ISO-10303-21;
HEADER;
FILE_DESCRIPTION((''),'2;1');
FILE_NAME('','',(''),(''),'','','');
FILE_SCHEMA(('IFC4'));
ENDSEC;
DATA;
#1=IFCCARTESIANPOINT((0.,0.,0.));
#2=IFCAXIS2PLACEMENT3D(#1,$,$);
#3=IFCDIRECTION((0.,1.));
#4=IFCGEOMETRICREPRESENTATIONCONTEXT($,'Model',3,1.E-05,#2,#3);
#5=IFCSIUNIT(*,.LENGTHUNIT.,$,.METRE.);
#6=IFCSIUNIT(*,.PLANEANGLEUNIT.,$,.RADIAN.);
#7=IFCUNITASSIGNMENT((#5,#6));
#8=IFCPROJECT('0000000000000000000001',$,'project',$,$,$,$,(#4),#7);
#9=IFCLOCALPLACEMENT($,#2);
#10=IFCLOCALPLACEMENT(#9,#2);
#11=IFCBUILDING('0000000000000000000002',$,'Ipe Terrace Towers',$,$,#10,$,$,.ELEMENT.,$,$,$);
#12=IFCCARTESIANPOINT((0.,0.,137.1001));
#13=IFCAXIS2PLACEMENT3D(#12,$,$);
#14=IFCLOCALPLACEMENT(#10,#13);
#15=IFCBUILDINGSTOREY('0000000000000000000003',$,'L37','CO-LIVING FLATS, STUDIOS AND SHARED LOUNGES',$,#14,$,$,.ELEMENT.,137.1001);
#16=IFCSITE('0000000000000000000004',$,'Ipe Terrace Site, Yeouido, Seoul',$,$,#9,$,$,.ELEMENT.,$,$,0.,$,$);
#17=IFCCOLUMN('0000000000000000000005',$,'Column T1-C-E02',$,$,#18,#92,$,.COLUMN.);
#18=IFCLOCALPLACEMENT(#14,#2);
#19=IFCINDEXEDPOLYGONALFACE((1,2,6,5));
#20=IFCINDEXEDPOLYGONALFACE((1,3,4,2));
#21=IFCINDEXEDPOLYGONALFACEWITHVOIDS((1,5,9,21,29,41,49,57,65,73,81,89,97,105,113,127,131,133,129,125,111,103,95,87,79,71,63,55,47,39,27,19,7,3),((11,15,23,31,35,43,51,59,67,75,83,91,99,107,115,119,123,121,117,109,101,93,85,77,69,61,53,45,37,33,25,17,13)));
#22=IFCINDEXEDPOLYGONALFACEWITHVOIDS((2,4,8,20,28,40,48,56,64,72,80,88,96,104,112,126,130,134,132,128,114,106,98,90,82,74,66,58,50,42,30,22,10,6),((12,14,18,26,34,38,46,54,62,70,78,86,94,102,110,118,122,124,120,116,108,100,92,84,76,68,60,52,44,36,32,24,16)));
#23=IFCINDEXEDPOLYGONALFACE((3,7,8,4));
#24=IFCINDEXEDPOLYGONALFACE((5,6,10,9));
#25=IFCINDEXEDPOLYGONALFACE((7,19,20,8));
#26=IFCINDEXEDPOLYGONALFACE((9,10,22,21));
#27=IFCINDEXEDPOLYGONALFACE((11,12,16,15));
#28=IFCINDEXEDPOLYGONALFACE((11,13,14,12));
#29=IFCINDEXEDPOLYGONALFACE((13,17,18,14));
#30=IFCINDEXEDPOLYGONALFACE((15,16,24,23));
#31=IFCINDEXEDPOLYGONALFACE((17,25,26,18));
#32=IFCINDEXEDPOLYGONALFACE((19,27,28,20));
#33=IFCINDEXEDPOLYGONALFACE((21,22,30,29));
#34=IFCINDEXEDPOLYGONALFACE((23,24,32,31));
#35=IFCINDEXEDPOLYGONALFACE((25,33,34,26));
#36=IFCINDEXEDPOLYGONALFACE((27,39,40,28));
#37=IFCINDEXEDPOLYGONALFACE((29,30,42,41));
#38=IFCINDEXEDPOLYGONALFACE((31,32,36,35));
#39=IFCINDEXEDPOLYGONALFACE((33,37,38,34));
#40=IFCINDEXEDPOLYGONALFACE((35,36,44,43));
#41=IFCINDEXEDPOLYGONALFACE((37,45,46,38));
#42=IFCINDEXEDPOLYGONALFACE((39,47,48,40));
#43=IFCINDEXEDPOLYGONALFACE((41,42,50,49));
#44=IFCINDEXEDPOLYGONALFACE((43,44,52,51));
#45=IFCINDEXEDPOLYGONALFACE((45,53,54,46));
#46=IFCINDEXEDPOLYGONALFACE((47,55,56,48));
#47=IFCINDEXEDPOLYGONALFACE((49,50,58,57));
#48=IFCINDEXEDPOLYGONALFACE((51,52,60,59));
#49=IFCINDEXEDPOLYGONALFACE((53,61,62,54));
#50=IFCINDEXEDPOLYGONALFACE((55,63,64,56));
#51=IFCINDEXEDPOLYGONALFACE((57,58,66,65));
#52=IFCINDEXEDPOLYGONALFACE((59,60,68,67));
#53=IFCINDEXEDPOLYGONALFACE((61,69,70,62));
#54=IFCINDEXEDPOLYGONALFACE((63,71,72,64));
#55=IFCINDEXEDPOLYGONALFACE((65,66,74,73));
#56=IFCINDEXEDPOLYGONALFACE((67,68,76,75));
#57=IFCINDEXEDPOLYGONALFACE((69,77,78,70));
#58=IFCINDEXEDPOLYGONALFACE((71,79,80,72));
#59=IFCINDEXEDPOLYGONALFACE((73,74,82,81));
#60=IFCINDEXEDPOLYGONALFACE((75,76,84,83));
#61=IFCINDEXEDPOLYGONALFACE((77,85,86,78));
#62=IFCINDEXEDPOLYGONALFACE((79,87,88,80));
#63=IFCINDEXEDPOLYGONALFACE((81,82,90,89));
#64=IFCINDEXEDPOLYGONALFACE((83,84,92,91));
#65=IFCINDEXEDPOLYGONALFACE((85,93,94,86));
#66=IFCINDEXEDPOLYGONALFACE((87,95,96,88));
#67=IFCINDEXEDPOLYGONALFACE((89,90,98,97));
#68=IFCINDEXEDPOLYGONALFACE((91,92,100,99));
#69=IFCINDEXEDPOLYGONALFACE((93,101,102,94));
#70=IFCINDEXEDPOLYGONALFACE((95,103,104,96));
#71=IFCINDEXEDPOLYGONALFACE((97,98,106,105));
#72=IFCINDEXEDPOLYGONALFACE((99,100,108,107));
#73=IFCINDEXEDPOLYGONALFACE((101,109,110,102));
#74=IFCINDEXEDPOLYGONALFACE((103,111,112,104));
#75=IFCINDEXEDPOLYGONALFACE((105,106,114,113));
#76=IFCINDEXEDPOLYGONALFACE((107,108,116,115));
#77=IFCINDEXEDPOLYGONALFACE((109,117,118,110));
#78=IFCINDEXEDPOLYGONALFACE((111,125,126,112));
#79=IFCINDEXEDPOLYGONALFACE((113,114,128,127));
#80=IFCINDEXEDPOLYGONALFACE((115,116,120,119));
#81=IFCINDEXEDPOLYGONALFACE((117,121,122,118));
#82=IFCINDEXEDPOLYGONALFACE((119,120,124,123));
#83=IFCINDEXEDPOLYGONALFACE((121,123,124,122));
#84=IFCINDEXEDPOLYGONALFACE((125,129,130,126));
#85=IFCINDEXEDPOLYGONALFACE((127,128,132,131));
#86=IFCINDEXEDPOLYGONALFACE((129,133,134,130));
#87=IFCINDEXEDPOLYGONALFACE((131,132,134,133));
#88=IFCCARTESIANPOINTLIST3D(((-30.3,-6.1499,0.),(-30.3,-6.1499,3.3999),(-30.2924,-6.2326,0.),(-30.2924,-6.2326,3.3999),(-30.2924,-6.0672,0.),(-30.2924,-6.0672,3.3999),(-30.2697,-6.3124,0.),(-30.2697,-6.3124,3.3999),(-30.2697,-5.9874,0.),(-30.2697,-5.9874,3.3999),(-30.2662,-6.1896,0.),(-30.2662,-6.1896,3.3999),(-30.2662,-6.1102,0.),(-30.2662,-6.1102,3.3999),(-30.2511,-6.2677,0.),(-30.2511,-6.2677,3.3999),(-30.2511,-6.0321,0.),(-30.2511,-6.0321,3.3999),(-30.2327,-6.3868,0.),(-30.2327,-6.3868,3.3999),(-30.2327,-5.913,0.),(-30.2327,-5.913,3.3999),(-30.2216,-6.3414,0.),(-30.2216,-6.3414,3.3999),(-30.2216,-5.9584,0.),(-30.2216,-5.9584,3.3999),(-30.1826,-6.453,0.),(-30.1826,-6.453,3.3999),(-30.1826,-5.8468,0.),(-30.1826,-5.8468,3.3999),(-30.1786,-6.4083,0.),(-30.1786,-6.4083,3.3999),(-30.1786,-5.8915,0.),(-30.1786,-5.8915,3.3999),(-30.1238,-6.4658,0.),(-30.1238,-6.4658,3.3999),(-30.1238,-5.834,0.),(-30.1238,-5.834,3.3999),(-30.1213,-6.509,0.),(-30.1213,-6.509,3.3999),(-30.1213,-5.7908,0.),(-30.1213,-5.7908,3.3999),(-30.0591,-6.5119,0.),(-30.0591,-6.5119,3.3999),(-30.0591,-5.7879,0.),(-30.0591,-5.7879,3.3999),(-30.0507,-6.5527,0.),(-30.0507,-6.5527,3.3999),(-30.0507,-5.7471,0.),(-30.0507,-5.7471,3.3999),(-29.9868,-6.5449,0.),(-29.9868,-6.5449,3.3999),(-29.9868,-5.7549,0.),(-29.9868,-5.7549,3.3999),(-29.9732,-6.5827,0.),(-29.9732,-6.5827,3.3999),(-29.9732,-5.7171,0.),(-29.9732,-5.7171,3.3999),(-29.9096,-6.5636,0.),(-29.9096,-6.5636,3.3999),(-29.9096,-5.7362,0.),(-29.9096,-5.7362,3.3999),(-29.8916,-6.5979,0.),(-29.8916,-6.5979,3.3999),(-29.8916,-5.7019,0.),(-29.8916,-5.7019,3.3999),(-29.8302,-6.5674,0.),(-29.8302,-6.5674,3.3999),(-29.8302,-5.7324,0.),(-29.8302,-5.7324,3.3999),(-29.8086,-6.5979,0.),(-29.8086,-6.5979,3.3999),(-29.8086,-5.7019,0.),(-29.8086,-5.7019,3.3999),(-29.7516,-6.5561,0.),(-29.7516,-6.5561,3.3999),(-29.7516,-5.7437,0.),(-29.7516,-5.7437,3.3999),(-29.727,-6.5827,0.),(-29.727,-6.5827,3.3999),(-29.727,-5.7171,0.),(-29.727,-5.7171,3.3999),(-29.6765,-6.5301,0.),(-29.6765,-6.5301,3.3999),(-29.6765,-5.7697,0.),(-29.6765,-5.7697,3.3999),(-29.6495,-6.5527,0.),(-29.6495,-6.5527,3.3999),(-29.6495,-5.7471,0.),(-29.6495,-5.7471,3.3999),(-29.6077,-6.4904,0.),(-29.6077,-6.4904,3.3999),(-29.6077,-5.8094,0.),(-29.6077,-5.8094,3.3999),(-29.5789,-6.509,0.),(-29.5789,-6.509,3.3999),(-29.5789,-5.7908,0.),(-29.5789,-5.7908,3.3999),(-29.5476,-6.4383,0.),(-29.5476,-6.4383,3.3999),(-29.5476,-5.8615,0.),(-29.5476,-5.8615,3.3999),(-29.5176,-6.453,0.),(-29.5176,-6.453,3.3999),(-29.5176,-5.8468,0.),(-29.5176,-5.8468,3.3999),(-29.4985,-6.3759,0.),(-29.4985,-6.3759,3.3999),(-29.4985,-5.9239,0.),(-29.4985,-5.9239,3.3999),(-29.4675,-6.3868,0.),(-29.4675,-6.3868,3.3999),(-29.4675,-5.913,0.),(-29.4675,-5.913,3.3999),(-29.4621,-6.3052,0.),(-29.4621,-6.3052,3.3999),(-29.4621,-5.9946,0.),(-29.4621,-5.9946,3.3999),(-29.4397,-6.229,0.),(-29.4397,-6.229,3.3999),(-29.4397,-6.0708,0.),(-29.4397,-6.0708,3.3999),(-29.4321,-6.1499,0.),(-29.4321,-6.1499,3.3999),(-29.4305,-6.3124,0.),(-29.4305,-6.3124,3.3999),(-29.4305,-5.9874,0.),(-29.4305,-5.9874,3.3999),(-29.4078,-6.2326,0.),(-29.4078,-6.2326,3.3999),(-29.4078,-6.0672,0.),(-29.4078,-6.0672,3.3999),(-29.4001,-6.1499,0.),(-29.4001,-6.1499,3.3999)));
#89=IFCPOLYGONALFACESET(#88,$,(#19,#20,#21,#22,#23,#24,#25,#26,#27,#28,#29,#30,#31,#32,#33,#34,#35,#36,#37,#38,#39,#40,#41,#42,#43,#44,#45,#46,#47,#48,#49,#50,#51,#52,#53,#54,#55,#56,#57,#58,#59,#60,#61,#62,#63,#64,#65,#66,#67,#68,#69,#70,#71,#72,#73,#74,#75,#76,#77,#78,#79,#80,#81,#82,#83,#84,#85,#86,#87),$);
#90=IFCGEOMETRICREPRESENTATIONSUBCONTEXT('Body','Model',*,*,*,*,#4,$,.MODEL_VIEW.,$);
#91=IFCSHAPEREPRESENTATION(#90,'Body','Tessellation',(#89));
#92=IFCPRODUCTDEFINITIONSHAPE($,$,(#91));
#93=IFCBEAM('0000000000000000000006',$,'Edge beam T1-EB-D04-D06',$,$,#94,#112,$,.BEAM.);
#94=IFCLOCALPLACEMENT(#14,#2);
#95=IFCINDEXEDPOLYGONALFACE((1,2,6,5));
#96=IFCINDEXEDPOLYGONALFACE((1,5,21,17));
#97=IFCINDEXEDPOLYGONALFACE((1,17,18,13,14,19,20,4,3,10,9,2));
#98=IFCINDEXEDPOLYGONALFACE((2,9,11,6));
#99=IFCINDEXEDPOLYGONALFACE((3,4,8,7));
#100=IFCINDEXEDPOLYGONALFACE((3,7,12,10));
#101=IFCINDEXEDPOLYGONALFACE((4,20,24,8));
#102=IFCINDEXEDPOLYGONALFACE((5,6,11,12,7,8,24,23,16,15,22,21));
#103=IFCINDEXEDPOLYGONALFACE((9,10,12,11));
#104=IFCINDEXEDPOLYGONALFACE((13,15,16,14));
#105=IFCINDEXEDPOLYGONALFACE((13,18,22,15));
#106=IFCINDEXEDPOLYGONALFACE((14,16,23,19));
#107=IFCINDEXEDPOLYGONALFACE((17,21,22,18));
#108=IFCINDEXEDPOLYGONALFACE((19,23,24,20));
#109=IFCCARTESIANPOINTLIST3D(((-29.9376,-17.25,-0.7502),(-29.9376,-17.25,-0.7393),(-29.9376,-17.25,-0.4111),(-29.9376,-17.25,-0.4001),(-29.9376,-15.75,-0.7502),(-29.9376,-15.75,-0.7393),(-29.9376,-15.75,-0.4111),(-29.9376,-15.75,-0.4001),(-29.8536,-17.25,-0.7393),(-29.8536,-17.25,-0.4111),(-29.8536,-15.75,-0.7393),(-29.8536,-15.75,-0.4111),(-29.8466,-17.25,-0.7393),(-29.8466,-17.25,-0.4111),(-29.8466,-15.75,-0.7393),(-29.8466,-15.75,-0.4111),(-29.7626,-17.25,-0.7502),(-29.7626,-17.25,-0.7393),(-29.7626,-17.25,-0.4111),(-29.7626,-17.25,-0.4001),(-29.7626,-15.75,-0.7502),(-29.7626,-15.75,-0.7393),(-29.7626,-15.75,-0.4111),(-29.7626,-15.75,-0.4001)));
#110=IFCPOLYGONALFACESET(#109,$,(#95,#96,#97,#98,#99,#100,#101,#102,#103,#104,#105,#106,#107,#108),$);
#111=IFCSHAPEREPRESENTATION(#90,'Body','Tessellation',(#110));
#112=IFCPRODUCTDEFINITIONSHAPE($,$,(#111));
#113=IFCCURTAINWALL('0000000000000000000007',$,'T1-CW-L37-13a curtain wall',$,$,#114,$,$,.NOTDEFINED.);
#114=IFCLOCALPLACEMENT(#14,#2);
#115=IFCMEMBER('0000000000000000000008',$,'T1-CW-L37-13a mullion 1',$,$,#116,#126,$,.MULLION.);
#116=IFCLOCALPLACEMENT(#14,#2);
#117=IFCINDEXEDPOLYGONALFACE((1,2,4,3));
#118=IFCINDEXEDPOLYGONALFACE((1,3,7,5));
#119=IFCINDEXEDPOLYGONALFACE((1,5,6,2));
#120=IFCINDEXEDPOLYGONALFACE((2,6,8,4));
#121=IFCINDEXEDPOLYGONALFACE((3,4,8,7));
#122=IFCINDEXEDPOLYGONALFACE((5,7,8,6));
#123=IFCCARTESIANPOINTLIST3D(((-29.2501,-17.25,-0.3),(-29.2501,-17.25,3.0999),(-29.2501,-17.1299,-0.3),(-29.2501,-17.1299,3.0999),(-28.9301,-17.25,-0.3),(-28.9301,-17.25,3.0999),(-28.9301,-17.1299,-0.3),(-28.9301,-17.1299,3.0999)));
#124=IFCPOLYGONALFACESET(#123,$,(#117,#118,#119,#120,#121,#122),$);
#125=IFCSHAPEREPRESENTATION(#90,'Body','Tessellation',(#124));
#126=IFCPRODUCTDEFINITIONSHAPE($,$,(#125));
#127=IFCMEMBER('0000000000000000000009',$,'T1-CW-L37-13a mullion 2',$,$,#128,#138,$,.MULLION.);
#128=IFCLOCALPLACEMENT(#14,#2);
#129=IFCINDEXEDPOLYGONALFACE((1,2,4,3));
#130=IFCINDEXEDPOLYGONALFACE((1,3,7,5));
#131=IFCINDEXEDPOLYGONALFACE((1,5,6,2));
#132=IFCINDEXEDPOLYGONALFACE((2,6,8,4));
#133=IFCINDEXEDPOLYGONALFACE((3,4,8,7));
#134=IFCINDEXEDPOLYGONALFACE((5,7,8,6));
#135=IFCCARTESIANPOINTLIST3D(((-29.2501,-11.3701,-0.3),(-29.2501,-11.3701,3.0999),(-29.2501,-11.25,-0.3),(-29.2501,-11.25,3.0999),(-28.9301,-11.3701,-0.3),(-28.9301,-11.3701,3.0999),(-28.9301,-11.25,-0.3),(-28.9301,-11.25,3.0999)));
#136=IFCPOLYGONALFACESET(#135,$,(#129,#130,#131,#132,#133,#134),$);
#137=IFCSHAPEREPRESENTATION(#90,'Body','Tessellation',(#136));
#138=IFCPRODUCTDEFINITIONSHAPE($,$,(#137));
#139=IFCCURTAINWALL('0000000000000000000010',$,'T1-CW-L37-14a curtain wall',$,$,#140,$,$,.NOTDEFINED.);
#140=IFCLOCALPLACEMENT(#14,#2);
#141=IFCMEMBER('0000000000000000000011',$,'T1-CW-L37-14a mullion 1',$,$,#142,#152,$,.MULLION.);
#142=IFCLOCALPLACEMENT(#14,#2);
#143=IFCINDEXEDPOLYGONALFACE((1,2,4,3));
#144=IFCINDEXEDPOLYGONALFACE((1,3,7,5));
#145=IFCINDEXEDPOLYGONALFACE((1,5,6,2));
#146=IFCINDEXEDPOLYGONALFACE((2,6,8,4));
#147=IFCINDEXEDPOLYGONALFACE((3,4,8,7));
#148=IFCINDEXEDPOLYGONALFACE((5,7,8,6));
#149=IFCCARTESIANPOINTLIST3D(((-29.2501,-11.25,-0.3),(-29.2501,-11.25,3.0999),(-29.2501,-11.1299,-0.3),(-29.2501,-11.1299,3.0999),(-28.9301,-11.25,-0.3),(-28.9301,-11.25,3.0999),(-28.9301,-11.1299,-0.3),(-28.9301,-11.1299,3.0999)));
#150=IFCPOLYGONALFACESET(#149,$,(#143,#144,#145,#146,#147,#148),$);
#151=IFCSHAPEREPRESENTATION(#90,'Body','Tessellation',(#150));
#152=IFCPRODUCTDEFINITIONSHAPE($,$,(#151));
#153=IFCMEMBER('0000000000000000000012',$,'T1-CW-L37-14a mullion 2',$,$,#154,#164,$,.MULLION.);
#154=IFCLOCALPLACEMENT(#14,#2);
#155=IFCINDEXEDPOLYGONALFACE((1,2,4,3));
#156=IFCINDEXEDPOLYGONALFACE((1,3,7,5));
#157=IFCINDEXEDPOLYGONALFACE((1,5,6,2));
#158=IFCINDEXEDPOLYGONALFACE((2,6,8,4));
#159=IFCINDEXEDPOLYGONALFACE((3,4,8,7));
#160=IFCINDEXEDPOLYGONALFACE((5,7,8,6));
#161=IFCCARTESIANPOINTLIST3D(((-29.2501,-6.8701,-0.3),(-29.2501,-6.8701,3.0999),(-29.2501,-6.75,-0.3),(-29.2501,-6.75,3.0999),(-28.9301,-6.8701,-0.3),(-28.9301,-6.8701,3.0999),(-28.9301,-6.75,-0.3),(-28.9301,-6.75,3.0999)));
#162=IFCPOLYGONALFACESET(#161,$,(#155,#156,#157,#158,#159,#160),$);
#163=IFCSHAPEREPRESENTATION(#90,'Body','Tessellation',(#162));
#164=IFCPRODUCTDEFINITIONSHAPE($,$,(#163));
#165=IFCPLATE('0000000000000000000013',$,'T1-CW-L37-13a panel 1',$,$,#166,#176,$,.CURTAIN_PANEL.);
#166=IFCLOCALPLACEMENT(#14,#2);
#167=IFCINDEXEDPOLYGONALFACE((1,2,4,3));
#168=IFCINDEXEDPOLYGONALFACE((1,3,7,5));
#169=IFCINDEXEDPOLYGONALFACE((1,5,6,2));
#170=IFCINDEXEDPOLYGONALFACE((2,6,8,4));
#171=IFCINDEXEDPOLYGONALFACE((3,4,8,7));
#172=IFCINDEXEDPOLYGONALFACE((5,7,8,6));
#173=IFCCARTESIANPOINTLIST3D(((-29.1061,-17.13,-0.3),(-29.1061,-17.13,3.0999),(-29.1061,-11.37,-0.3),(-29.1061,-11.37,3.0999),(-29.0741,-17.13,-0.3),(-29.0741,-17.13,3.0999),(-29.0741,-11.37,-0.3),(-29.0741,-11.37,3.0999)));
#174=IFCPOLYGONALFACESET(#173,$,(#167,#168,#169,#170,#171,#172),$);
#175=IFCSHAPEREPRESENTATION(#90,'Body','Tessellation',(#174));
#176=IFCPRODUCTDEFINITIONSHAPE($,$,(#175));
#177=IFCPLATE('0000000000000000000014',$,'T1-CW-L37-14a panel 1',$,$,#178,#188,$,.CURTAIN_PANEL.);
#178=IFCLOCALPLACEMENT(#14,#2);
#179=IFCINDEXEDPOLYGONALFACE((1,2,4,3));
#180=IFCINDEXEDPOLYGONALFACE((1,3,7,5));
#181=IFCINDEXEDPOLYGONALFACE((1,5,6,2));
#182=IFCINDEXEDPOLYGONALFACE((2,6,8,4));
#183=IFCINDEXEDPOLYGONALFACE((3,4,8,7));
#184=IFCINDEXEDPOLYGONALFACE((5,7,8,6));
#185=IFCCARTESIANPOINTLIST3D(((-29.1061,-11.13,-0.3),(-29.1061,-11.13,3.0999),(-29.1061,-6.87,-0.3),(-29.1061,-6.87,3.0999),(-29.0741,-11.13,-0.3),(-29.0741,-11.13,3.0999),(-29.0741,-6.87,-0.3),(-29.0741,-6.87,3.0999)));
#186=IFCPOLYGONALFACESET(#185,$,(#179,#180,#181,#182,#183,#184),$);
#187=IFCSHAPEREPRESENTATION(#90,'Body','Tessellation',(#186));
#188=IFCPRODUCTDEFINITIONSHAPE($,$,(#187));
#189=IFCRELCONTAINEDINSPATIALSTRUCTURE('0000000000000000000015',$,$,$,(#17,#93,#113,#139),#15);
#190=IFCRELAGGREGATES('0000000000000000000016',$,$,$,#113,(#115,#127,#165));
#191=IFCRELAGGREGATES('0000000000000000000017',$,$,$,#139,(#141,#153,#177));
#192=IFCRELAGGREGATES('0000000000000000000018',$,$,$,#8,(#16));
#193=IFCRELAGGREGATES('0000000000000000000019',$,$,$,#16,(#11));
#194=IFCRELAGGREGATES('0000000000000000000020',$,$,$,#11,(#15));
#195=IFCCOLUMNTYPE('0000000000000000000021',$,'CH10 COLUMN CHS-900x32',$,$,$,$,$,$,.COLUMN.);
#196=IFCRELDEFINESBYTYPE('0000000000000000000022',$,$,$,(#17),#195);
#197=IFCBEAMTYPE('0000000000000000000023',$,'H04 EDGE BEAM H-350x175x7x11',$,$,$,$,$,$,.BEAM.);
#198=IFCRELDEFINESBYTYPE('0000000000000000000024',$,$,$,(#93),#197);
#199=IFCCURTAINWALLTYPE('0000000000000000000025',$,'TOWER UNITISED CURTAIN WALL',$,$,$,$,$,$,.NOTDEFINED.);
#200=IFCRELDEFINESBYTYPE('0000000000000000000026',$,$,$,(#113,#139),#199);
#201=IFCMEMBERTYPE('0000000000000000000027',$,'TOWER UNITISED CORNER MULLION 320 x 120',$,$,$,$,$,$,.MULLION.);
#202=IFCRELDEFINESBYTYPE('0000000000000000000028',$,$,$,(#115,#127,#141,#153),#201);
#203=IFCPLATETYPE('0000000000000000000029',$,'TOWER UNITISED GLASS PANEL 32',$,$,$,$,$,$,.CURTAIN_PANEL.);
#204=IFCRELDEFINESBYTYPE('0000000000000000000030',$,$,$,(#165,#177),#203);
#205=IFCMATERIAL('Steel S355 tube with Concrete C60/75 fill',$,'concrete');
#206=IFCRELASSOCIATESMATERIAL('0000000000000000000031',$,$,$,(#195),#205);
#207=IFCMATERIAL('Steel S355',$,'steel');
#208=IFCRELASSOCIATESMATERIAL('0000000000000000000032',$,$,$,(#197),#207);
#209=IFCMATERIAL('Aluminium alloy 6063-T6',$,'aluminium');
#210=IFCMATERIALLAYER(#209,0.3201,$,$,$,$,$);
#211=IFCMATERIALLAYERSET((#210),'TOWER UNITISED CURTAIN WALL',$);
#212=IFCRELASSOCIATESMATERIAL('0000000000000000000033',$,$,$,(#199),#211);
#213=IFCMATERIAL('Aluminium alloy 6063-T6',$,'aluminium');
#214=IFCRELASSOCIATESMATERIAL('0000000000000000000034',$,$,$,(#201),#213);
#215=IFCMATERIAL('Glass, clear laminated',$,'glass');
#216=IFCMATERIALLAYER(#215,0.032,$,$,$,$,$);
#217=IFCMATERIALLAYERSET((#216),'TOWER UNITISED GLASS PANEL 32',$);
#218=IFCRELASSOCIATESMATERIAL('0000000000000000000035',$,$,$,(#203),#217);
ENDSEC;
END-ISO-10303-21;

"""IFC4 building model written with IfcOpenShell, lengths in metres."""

from ifc_helpers import new_model, si_unit, direction, frame, origin, origin_2d, place, context, subcontext, project, spatial, rectangle, hollow_circle, i_section, extrude, material, layer, layer_set, material_profile, profile_set, type_object, element, aggregate, save


model = new_model("IFC4")

# Units and contexts
model_context = context("Model", 3, precision=1e-05, world=origin(), true_north=direction((0.0, 1.0)))
body_context = subcontext(model_context, "Body", "Model", "MODEL_VIEW")
ifc_project = project(units=[si_unit("LENGTHUNIT", "METRE"), si_unit("PLANEANGLEUNIT", "RADIAN")], contexts=[model_context])

# Site, building, storey
site_placement = place(None, origin())
site = spatial("IfcSite", under=ifc_project, at=site_placement, Name="Ipe Terrace Site, Yeouido, Seoul", CompositionType="ELEMENT", RefElevation=0.0)
building_placement = place(site_placement, origin())
building = spatial("IfcBuilding", under=site, at=building_placement, Name="Ipe Terrace Towers", CompositionType="ELEMENT")
storey_placement = place(building_placement, frame((0.0, 0.0, 137.1001)))
storey = spatial("IfcBuildingStorey", under=building, at=storey_placement, Name="L37", Description="CO-LIVING FLATS, STUDIOS AND SHARED LOUNGES", CompositionType="ELEMENT", Elevation=137.1001)

# Column
ifc_material_1 = material(Name="Steel S355 tube with Concrete C60/75 fill", Category="concrete")
ifc_material_profile_1 = material_profile(ifc_material_1, hollow_circle(Radius=0.45, WallThickness=0.032, at=origin_2d()), Name="CHS-900x32")
ifc_profile_set_1 = profile_set([ifc_material_profile_1], Name="Steel S355 tube with Concrete C60/75 fill")
column_type_1 = type_object("IfcColumnType", Name="CH10 COLUMN CHS-900x32", PredefinedType="COLUMN", material=ifc_profile_set_1)
column_placement = place(storey_placement, frame((-29.8501, -6.1499, 0.0), z_axis=(0.0, 0.0, 1.0), x_axis=(1.0, 0.0, 0.0)))
element("IfcColumn", 1, at=column_placement, inside=storey, type_object=column_type_1, Name="Column T1-C-E02", PredefinedType="COLUMN", context=body_context, shape_type="SweptSolid", body=[
    extrude(hollow_circle(Radius=0.45, WallThickness=0.032, at=origin_2d()), origin(), (0.0, 0.0, 1.0), 3.3999),
])

# Beam
ifc_material_2 = material(Name="Steel S355", Category="steel")
ifc_material_profile_2 = material_profile(ifc_material_2, i_section(OverallWidth=0.175, OverallDepth=0.3501, WebThickness=0.0071, FlangeThickness=0.011, at=origin_2d()), Name="H-350x175x7x11")
ifc_profile_set_2 = profile_set([ifc_material_profile_2], Name="Steel S355")
beam_type = type_object("IfcBeamType", Name="H04 EDGE BEAM H-350x175x7x11", PredefinedType="BEAM", material=ifc_profile_set_2)
beam_placement = place(storey_placement, frame((-29.8501, -15.75, -0.5752), z_axis=(0.0, -1.0, 0.0), x_axis=(1.0, 0.0, 0.0)))
element("IfcBeam", 2, at=beam_placement, inside=storey, type_object=beam_type, Name="Edge beam T1-EB-D04-D06", PredefinedType="BEAM", context=body_context, shape_type="SweptSolid", body=[
    extrude(i_section(OverallWidth=0.175, OverallDepth=0.3501, WebThickness=0.0071, FlangeThickness=0.011, at=origin_2d()), origin(), (0.0, 0.0, 1.0), 1.5),
])

# Curtain walls, members
ifc_material_3 = material(Name="Aluminium alloy 6063-T6", Category="aluminium")
ifc_layer_1 = layer(ifc_material_3, 0.3201)
ifc_layer_set_1 = layer_set([ifc_layer_1], Name="TOWER UNITISED CURTAIN WALL")
curtain_wall_type = type_object("IfcCurtainWallType", Name="TOWER UNITISED CURTAIN WALL", PredefinedType="NOTDEFINED", material=ifc_layer_set_1)
curtain_wall_1_placement = place(storey_placement, origin())
curtain_wall_1 = element("IfcCurtainWall", 3, at=curtain_wall_1_placement, inside=storey, type_object=curtain_wall_type, Name="T1-CW-L37-13a curtain wall", PredefinedType="NOTDEFINED")
ifc_material_4 = material(Name="Aluminium alloy 6063-T6", Category="aluminium")
ifc_material_profile_3 = material_profile(ifc_material_4, rectangle(XDim=0.3201, YDim=0.1201, at=origin_2d()), Name="TOWER UNITISED CORNER MULLION 320 x 120")
ifc_profile_set_3 = profile_set([ifc_material_profile_3], Name="Aluminium alloy 6063-T6")
member_type = type_object("IfcMemberType", Name="TOWER UNITISED CORNER MULLION 320 x 120", PredefinedType="MULLION", material=ifc_profile_set_3)
member_1_placement = place(storey_placement, frame((-29.0901, -17.1899, -0.3), z_axis=(0.0, 0.0, 1.0), x_axis=(1.0, 0.0, 0.0)))
member_1 = element("IfcMember", 4, at=member_1_placement, type_object=member_type, Name="T1-CW-L37-13a mullion 1", PredefinedType="MULLION", context=body_context, shape_type="SweptSolid", body=[
    extrude(rectangle(XDim=0.3201, YDim=0.1201, at=origin_2d()), origin(), (0.0, 0.0, 1.0), 3.3999),
])
member_2_placement = place(storey_placement, frame((-29.0901, -11.3101, -0.3), z_axis=(0.0, 0.0, 1.0), x_axis=(1.0, 0.0, 0.0)))
member_2 = element("IfcMember", 5, at=member_2_placement, type_object=member_type, Name="T1-CW-L37-13a mullion 2", PredefinedType="MULLION", context=body_context, shape_type="SweptSolid", body=[
    extrude(rectangle(XDim=0.3201, YDim=0.1201, at=origin_2d()), origin(), (0.0, 0.0, 1.0), 3.3999),
])
curtain_wall_2_placement = place(storey_placement, origin())
curtain_wall_2 = element("IfcCurtainWall", 6, at=curtain_wall_2_placement, inside=storey, type_object=curtain_wall_type, Name="T1-CW-L37-14a curtain wall", PredefinedType="NOTDEFINED")
member_3_placement = place(storey_placement, frame((-29.0901, -11.1899, -0.3), z_axis=(0.0, 0.0, 1.0), x_axis=(1.0, 0.0, 0.0)))
member_3 = element("IfcMember", 7, at=member_3_placement, type_object=member_type, Name="T1-CW-L37-14a mullion 1", PredefinedType="MULLION", context=body_context, shape_type="SweptSolid", body=[
    extrude(rectangle(XDim=0.3201, YDim=0.1201, at=origin_2d()), origin(), (0.0, 0.0, 1.0), 3.3999),
])
member_4_placement = place(storey_placement, frame((-29.0901, -6.8101, -0.3), z_axis=(0.0, 0.0, 1.0), x_axis=(1.0, 0.0, 0.0)))
member_4 = element("IfcMember", 8, at=member_4_placement, type_object=member_type, Name="T1-CW-L37-14a mullion 2", PredefinedType="MULLION", context=body_context, shape_type="SweptSolid", body=[
    extrude(rectangle(XDim=0.3201, YDim=0.1201, at=origin_2d()), origin(), (0.0, 0.0, 1.0), 3.3999),
])

# Plates
ifc_material_5 = material(Name="Glass, clear laminated", Category="glass")
ifc_layer_2 = layer(ifc_material_5, 0.032)
ifc_layer_set_2 = layer_set([ifc_layer_2], Name="TOWER UNITISED GLASS PANEL 32")
plate_type = type_object("IfcPlateType", Name="TOWER UNITISED GLASS PANEL 32", PredefinedType="CURTAIN_PANEL", material=ifc_layer_set_2)
plate_1_placement = place(storey_placement, frame((-29.0901, -14.25, -0.3), z_axis=(0.0, 0.0, 1.0), x_axis=(0.0, 1.0, 0.0)))
plate_1 = element("IfcPlate", 9, at=plate_1_placement, type_object=plate_type, Name="T1-CW-L37-13a panel 1", PredefinedType="CURTAIN_PANEL", context=body_context, shape_type="SweptSolid", body=[
    extrude(rectangle(XDim=5.76, YDim=0.032, at=origin_2d()), origin(), (0.0, 0.0, 1.0), 3.3999),
])
aggregate(curtain_wall_1, [member_1, member_2, plate_1])
plate_2_placement = place(storey_placement, frame((-29.0901, -9.0, -0.3), z_axis=(0.0, 0.0, 1.0), x_axis=(0.0, 1.0, 0.0)))
plate_2 = element("IfcPlate", 10, at=plate_2_placement, type_object=plate_type, Name="T1-CW-L37-14a panel 1", PredefinedType="CURTAIN_PANEL", context=body_context, shape_type="SweptSolid", body=[
    extrude(rectangle(XDim=4.26, YDim=0.032, at=origin_2d()), origin(), (0.0, 0.0, 1.0), 3.3999),
])
aggregate(curtain_wall_2, [member_3, member_4, plate_2])

save(model, "model.ifc")
